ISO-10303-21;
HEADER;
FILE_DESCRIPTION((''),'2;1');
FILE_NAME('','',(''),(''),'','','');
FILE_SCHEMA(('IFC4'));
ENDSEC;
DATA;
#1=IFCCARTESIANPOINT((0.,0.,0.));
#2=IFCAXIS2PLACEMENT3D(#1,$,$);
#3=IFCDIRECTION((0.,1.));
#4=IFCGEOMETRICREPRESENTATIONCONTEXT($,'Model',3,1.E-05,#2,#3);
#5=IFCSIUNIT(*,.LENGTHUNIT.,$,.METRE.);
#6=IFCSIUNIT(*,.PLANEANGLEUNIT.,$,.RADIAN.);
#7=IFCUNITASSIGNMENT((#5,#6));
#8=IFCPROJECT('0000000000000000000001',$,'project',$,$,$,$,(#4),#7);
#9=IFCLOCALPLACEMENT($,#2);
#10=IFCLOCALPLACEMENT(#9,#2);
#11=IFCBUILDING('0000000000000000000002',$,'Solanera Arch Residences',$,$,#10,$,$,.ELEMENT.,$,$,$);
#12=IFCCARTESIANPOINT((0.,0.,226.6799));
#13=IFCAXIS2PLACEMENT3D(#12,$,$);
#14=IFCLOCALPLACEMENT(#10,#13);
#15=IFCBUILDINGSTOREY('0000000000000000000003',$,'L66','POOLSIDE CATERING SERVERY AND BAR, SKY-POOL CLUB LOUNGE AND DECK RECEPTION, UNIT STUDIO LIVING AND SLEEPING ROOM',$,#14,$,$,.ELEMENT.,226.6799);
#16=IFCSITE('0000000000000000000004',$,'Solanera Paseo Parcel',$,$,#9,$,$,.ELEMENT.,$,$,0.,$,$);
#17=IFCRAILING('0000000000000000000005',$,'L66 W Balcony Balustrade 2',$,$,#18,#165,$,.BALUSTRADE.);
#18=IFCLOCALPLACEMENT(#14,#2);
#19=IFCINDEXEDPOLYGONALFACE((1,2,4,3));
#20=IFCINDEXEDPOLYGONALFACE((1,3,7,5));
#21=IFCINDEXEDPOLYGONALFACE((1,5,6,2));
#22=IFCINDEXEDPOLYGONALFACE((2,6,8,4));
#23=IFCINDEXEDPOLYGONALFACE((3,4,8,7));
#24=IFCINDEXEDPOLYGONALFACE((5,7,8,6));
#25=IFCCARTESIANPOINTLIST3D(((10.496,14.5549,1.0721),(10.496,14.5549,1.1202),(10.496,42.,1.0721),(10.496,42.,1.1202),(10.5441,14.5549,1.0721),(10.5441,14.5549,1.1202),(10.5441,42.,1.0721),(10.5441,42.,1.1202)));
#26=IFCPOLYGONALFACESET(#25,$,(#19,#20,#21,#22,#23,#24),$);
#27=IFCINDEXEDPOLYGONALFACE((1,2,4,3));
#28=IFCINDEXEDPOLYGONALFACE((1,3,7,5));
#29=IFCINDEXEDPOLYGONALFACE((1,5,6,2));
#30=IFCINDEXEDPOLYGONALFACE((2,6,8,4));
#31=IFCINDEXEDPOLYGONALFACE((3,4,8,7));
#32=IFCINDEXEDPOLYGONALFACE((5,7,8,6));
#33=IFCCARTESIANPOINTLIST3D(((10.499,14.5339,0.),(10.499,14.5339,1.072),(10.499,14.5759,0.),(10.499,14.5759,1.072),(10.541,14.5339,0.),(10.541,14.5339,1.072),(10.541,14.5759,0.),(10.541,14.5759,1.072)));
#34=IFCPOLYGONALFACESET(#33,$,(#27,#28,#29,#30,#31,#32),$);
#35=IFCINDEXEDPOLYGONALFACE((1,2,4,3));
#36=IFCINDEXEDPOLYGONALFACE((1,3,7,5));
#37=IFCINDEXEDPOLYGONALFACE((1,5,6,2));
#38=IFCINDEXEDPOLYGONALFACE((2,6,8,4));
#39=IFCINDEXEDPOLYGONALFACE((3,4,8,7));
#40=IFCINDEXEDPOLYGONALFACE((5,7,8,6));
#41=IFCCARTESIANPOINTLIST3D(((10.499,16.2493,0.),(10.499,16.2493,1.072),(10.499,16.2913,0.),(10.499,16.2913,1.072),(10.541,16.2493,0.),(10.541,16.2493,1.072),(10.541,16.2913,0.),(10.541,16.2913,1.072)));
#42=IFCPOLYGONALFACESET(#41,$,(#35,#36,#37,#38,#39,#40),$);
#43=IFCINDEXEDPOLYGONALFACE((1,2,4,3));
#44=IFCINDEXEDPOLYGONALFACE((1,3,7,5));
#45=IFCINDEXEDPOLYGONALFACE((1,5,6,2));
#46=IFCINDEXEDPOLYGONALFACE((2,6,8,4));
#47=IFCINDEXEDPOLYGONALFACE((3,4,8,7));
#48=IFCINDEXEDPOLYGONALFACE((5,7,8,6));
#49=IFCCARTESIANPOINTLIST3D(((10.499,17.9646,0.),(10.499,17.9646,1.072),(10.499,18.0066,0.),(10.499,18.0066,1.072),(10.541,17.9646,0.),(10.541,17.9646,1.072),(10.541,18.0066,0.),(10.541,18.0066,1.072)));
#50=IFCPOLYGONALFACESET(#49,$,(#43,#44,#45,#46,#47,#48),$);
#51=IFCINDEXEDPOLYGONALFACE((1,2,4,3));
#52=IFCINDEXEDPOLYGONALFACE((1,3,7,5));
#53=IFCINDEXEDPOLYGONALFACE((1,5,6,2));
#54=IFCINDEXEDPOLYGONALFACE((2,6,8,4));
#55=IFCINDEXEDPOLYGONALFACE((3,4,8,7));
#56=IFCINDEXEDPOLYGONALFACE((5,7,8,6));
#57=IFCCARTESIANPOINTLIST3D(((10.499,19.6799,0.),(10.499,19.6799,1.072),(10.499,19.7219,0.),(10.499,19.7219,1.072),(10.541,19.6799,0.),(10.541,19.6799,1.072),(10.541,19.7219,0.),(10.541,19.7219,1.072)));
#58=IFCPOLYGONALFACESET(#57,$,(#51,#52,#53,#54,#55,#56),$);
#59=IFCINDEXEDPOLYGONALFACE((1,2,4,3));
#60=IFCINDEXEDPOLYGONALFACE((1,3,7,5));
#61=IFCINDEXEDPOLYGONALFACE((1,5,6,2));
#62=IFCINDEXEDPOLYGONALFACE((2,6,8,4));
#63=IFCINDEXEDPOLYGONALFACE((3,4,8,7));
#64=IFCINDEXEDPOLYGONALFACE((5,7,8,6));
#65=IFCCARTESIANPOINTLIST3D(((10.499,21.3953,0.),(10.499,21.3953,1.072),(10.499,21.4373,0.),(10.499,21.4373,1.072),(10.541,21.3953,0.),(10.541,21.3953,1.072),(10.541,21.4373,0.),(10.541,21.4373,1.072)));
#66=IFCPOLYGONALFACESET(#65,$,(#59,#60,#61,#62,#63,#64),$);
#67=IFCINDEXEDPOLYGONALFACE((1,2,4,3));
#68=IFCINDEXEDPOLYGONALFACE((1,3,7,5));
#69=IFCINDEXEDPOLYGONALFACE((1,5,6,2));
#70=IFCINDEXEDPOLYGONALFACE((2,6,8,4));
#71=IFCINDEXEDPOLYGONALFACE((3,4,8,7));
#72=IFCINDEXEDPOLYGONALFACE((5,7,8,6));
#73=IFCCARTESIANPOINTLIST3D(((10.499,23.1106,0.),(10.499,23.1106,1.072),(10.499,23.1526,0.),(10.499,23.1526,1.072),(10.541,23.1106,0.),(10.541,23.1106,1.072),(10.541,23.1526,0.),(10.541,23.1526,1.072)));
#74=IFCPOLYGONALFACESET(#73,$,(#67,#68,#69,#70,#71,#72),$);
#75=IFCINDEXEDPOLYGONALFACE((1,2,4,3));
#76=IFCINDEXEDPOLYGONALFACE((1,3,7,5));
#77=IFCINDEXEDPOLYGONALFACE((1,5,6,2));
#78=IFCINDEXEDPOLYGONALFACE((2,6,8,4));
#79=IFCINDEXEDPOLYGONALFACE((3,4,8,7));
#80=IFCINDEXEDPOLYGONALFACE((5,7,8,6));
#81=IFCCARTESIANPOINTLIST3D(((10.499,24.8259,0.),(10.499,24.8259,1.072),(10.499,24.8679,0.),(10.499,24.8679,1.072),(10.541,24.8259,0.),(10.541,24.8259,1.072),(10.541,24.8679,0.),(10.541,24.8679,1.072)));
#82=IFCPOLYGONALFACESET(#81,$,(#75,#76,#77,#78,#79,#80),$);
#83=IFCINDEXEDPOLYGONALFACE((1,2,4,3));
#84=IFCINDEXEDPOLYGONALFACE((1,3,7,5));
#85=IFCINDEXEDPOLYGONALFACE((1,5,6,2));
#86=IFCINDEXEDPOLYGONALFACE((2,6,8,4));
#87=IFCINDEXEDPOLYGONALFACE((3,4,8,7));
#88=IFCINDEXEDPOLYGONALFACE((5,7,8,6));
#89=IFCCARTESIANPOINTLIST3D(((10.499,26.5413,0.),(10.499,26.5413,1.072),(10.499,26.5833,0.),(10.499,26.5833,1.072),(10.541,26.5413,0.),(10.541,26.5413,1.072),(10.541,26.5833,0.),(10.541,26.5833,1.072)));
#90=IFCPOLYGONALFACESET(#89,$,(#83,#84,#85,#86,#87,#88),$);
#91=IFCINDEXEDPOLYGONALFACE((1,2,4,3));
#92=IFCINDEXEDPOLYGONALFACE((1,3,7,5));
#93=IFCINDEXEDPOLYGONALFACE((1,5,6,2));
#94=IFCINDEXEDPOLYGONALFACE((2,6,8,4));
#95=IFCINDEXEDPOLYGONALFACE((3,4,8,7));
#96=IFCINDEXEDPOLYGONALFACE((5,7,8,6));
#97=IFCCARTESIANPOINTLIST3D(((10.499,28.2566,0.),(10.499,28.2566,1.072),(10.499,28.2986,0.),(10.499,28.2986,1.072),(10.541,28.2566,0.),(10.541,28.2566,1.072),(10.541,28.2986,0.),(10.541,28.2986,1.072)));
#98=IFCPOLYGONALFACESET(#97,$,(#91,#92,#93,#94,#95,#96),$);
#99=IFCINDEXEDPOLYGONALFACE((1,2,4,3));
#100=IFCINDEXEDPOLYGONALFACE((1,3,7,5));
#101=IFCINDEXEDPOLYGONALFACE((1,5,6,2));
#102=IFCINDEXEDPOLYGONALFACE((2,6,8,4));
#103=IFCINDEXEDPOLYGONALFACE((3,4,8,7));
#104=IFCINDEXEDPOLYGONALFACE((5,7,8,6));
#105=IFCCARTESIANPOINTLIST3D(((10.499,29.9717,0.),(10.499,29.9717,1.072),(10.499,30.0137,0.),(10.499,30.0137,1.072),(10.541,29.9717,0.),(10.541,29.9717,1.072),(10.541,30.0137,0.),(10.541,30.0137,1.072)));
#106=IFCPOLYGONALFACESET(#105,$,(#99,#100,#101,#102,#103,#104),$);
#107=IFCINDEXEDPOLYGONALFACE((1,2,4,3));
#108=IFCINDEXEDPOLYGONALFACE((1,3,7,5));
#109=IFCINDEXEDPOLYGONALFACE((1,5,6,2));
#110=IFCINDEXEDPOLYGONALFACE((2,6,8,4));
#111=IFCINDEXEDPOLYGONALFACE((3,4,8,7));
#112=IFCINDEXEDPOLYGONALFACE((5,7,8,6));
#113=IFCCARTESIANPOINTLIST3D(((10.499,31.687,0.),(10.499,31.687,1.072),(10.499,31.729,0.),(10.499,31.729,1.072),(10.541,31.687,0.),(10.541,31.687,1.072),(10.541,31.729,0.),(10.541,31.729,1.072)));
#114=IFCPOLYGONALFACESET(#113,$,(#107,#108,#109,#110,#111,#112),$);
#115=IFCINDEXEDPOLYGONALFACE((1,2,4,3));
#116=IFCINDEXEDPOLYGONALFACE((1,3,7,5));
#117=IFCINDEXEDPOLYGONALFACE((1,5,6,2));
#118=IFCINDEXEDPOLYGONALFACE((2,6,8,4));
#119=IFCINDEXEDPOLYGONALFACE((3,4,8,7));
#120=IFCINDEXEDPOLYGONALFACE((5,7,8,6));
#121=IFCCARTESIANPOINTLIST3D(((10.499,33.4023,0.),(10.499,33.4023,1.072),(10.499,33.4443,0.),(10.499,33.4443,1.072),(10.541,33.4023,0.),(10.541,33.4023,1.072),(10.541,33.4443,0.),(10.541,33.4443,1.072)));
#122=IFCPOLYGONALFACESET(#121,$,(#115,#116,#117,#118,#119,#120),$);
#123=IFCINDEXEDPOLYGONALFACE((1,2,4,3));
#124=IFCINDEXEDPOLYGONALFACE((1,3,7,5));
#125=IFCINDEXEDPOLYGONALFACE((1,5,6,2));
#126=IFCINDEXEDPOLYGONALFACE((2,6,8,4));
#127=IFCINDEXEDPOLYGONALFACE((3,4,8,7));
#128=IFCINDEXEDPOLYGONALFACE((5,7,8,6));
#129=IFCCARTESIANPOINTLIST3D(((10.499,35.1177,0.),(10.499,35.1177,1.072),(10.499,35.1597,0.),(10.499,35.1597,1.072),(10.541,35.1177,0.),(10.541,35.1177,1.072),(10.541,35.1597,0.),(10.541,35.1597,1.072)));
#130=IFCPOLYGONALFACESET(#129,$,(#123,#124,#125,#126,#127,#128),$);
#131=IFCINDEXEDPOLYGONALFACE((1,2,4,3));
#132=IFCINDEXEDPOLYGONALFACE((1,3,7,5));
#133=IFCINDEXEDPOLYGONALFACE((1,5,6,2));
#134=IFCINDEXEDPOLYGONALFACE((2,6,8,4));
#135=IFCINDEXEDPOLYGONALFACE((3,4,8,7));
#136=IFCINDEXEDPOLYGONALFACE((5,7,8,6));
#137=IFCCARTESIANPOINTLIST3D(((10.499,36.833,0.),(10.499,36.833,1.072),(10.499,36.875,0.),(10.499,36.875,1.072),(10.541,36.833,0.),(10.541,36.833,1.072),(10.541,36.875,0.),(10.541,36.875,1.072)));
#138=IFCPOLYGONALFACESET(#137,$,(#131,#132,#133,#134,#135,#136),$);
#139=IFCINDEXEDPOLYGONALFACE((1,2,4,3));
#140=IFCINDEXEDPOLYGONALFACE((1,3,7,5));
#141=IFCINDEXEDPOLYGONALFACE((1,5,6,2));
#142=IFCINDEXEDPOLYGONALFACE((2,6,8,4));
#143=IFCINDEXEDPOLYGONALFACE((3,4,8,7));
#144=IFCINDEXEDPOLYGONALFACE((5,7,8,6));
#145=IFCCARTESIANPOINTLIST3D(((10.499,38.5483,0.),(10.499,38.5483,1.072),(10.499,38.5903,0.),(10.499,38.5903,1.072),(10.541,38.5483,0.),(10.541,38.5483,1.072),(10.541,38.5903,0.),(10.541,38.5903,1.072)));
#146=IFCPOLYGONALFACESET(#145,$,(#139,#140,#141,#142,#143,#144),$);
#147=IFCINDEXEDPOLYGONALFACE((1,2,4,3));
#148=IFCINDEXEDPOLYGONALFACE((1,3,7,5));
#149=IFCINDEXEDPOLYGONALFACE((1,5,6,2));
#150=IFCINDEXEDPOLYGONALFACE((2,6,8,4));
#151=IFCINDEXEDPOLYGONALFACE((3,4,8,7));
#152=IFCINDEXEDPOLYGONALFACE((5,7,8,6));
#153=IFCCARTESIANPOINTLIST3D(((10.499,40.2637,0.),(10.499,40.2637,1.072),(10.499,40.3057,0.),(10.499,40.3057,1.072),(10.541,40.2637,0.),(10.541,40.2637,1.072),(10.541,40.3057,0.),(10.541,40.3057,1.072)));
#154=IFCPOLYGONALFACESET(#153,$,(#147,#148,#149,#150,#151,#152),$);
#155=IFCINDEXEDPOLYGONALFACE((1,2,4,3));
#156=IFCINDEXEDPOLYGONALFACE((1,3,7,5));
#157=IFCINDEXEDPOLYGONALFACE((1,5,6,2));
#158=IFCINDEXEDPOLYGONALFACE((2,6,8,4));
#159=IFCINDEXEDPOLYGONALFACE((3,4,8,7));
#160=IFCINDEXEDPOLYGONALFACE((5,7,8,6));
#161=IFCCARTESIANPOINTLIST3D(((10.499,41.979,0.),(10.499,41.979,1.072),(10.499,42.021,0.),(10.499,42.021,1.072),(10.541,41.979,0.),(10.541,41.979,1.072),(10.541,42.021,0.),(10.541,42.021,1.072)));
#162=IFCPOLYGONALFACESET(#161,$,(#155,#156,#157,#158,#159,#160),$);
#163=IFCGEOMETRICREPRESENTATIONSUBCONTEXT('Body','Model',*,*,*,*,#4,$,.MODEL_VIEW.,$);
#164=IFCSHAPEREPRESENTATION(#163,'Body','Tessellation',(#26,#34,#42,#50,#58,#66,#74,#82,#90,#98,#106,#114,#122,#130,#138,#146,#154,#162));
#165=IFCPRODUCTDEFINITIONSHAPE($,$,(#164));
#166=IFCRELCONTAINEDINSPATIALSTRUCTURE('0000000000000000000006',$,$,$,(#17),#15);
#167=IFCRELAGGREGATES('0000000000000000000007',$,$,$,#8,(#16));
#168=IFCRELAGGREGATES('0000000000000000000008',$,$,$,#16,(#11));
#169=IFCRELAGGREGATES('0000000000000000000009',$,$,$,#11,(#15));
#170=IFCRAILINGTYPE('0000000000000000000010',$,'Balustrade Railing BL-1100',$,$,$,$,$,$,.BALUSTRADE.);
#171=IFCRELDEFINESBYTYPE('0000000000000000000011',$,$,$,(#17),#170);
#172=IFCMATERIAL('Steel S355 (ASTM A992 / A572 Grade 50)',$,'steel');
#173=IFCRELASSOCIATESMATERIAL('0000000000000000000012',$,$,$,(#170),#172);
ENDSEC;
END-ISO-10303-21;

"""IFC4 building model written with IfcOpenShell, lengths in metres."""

from ifc_helpers import new_model, si_unit, direction, frame, origin, origin_2d, place, context, subcontext, project, spatial, rectangle, extrude, material, type_object, element, save


model = new_model("IFC4")

# Units and contexts
model_context = context("Model", 3, precision=1e-05, world=origin(), true_north=direction((0.0, 1.0)))
body_context = subcontext(model_context, "Body", "Model", "MODEL_VIEW")
ifc_project = project(units=[si_unit("LENGTHUNIT", "METRE"), si_unit("PLANEANGLEUNIT", "RADIAN")], contexts=[model_context])

# Site, building, storey
site_placement = place(None, origin())
site = spatial("IfcSite", under=ifc_project, at=site_placement, Name="Solanera Paseo Parcel", CompositionType="ELEMENT", RefElevation=0.0)
building_placement = place(site_placement, origin())
building = spatial("IfcBuilding", under=site, at=building_placement, Name="Solanera Arch Residences", CompositionType="ELEMENT")
storey_placement = place(building_placement, frame((0.0, 0.0, 226.6799)))
storey = spatial("IfcBuildingStorey", under=building, at=storey_placement, Name="L66", Description="POOLSIDE CATERING SERVERY AND BAR, SKY-POOL CLUB LOUNGE AND DECK RECEPTION, UNIT STUDIO LIVING AND SLEEPING ROOM", CompositionType="ELEMENT", Elevation=226.6799)

# Railing
ifc_material_1 = material(Name="Steel S355 (ASTM A992 / A572 Grade 50)", Category="steel")
railing_type = type_object("IfcRailingType", Name="Balustrade Railing BL-1100", PredefinedType="BALUSTRADE", material=ifc_material_1)
railing_placement = place(storey_placement, frame((10.52, 14.5549, 0.0)))
element("IfcRailing", 1, at=railing_placement, inside=storey, type_object=railing_type, Name="L66 W Balcony Balustrade 2", PredefinedType="BALUSTRADE", context=body_context, shape_type="SweptSolid", body=[
    extrude(rectangle(XDim=0.0481, YDim=0.0481, at=origin_2d()), frame((0.0, 0.0, 1.0962), z_axis=(0.0, 1.0, 0.0), x_axis=(-1.0, 0.0, 0.0)), (0.0, 0.0, 1.0), 27.4451),
    extrude(rectangle(XDim=0.042, YDim=0.042, at=origin_2d()), origin(), (0.0, 0.0, 1.0), 1.072),
    extrude(rectangle(XDim=0.042, YDim=0.042, at=origin_2d()), frame((0.0, 1.7153, 0.0)), (0.0, 0.0, 1.0), 1.072),
    extrude(rectangle(XDim=0.042, YDim=0.042, at=origin_2d()), frame((0.0, 3.4307, 0.0)), (0.0, 0.0, 1.0), 1.072),
    extrude(rectangle(XDim=0.042, YDim=0.042, at=origin_2d()), frame((0.0, 5.146, 0.0)), (0.0, 0.0, 1.0), 1.072),
    extrude(rectangle(XDim=0.042, YDim=0.042, at=origin_2d()), frame((0.0, 6.8613, 0.0)), (0.0, 0.0, 1.0), 1.072),
    extrude(rectangle(XDim=0.042, YDim=0.042, at=origin_2d()), frame((0.0, 8.5767, 0.0)), (0.0, 0.0, 1.0), 1.072),
    extrude(rectangle(XDim=0.042, YDim=0.042, at=origin_2d()), frame((0.0, 10.292, 0.0)), (0.0, 0.0, 1.0), 1.072),
    extrude(rectangle(XDim=0.042, YDim=0.042, at=origin_2d()), frame((0.0, 12.0073, 0.0)), (0.0, 0.0, 1.0), 1.072),
    extrude(rectangle(XDim=0.042, YDim=0.042, at=origin_2d()), frame((0.0, 13.7227, 0.0)), (0.0, 0.0, 1.0), 1.072),
    extrude(rectangle(XDim=0.042, YDim=0.042, at=origin_2d()), frame((0.0, 15.4377, 0.0)), (0.0, 0.0, 1.0), 1.072),
    extrude(rectangle(XDim=0.042, YDim=0.042, at=origin_2d()), frame((0.0, 17.1531, 0.0)), (0.0, 0.0, 1.0), 1.072),
    extrude(rectangle(XDim=0.042, YDim=0.042, at=origin_2d()), frame((0.0, 18.8684, 0.0)), (0.0, 0.0, 1.0), 1.072),
    extrude(rectangle(XDim=0.042, YDim=0.042, at=origin_2d()), frame((0.0, 20.5837, 0.0)), (0.0, 0.0, 1.0), 1.072),
    extrude(rectangle(XDim=0.042, YDim=0.042, at=origin_2d()), frame((0.0, 22.2991, 0.0)), (0.0, 0.0, 1.0), 1.072),
    extrude(rectangle(XDim=0.042, YDim=0.042, at=origin_2d()), frame((0.0, 24.0144, 0.0)), (0.0, 0.0, 1.0), 1.072),
    extrude(rectangle(XDim=0.042, YDim=0.042, at=origin_2d()), frame((0.0, 25.7297, 0.0)), (0.0, 0.0, 1.0), 1.072),
    extrude(rectangle(XDim=0.042, YDim=0.042, at=origin_2d()), frame((0.0, 27.4451, 0.0)), (0.0, 0.0, 1.0), 1.072),
])

save(model, "model.ifc")
